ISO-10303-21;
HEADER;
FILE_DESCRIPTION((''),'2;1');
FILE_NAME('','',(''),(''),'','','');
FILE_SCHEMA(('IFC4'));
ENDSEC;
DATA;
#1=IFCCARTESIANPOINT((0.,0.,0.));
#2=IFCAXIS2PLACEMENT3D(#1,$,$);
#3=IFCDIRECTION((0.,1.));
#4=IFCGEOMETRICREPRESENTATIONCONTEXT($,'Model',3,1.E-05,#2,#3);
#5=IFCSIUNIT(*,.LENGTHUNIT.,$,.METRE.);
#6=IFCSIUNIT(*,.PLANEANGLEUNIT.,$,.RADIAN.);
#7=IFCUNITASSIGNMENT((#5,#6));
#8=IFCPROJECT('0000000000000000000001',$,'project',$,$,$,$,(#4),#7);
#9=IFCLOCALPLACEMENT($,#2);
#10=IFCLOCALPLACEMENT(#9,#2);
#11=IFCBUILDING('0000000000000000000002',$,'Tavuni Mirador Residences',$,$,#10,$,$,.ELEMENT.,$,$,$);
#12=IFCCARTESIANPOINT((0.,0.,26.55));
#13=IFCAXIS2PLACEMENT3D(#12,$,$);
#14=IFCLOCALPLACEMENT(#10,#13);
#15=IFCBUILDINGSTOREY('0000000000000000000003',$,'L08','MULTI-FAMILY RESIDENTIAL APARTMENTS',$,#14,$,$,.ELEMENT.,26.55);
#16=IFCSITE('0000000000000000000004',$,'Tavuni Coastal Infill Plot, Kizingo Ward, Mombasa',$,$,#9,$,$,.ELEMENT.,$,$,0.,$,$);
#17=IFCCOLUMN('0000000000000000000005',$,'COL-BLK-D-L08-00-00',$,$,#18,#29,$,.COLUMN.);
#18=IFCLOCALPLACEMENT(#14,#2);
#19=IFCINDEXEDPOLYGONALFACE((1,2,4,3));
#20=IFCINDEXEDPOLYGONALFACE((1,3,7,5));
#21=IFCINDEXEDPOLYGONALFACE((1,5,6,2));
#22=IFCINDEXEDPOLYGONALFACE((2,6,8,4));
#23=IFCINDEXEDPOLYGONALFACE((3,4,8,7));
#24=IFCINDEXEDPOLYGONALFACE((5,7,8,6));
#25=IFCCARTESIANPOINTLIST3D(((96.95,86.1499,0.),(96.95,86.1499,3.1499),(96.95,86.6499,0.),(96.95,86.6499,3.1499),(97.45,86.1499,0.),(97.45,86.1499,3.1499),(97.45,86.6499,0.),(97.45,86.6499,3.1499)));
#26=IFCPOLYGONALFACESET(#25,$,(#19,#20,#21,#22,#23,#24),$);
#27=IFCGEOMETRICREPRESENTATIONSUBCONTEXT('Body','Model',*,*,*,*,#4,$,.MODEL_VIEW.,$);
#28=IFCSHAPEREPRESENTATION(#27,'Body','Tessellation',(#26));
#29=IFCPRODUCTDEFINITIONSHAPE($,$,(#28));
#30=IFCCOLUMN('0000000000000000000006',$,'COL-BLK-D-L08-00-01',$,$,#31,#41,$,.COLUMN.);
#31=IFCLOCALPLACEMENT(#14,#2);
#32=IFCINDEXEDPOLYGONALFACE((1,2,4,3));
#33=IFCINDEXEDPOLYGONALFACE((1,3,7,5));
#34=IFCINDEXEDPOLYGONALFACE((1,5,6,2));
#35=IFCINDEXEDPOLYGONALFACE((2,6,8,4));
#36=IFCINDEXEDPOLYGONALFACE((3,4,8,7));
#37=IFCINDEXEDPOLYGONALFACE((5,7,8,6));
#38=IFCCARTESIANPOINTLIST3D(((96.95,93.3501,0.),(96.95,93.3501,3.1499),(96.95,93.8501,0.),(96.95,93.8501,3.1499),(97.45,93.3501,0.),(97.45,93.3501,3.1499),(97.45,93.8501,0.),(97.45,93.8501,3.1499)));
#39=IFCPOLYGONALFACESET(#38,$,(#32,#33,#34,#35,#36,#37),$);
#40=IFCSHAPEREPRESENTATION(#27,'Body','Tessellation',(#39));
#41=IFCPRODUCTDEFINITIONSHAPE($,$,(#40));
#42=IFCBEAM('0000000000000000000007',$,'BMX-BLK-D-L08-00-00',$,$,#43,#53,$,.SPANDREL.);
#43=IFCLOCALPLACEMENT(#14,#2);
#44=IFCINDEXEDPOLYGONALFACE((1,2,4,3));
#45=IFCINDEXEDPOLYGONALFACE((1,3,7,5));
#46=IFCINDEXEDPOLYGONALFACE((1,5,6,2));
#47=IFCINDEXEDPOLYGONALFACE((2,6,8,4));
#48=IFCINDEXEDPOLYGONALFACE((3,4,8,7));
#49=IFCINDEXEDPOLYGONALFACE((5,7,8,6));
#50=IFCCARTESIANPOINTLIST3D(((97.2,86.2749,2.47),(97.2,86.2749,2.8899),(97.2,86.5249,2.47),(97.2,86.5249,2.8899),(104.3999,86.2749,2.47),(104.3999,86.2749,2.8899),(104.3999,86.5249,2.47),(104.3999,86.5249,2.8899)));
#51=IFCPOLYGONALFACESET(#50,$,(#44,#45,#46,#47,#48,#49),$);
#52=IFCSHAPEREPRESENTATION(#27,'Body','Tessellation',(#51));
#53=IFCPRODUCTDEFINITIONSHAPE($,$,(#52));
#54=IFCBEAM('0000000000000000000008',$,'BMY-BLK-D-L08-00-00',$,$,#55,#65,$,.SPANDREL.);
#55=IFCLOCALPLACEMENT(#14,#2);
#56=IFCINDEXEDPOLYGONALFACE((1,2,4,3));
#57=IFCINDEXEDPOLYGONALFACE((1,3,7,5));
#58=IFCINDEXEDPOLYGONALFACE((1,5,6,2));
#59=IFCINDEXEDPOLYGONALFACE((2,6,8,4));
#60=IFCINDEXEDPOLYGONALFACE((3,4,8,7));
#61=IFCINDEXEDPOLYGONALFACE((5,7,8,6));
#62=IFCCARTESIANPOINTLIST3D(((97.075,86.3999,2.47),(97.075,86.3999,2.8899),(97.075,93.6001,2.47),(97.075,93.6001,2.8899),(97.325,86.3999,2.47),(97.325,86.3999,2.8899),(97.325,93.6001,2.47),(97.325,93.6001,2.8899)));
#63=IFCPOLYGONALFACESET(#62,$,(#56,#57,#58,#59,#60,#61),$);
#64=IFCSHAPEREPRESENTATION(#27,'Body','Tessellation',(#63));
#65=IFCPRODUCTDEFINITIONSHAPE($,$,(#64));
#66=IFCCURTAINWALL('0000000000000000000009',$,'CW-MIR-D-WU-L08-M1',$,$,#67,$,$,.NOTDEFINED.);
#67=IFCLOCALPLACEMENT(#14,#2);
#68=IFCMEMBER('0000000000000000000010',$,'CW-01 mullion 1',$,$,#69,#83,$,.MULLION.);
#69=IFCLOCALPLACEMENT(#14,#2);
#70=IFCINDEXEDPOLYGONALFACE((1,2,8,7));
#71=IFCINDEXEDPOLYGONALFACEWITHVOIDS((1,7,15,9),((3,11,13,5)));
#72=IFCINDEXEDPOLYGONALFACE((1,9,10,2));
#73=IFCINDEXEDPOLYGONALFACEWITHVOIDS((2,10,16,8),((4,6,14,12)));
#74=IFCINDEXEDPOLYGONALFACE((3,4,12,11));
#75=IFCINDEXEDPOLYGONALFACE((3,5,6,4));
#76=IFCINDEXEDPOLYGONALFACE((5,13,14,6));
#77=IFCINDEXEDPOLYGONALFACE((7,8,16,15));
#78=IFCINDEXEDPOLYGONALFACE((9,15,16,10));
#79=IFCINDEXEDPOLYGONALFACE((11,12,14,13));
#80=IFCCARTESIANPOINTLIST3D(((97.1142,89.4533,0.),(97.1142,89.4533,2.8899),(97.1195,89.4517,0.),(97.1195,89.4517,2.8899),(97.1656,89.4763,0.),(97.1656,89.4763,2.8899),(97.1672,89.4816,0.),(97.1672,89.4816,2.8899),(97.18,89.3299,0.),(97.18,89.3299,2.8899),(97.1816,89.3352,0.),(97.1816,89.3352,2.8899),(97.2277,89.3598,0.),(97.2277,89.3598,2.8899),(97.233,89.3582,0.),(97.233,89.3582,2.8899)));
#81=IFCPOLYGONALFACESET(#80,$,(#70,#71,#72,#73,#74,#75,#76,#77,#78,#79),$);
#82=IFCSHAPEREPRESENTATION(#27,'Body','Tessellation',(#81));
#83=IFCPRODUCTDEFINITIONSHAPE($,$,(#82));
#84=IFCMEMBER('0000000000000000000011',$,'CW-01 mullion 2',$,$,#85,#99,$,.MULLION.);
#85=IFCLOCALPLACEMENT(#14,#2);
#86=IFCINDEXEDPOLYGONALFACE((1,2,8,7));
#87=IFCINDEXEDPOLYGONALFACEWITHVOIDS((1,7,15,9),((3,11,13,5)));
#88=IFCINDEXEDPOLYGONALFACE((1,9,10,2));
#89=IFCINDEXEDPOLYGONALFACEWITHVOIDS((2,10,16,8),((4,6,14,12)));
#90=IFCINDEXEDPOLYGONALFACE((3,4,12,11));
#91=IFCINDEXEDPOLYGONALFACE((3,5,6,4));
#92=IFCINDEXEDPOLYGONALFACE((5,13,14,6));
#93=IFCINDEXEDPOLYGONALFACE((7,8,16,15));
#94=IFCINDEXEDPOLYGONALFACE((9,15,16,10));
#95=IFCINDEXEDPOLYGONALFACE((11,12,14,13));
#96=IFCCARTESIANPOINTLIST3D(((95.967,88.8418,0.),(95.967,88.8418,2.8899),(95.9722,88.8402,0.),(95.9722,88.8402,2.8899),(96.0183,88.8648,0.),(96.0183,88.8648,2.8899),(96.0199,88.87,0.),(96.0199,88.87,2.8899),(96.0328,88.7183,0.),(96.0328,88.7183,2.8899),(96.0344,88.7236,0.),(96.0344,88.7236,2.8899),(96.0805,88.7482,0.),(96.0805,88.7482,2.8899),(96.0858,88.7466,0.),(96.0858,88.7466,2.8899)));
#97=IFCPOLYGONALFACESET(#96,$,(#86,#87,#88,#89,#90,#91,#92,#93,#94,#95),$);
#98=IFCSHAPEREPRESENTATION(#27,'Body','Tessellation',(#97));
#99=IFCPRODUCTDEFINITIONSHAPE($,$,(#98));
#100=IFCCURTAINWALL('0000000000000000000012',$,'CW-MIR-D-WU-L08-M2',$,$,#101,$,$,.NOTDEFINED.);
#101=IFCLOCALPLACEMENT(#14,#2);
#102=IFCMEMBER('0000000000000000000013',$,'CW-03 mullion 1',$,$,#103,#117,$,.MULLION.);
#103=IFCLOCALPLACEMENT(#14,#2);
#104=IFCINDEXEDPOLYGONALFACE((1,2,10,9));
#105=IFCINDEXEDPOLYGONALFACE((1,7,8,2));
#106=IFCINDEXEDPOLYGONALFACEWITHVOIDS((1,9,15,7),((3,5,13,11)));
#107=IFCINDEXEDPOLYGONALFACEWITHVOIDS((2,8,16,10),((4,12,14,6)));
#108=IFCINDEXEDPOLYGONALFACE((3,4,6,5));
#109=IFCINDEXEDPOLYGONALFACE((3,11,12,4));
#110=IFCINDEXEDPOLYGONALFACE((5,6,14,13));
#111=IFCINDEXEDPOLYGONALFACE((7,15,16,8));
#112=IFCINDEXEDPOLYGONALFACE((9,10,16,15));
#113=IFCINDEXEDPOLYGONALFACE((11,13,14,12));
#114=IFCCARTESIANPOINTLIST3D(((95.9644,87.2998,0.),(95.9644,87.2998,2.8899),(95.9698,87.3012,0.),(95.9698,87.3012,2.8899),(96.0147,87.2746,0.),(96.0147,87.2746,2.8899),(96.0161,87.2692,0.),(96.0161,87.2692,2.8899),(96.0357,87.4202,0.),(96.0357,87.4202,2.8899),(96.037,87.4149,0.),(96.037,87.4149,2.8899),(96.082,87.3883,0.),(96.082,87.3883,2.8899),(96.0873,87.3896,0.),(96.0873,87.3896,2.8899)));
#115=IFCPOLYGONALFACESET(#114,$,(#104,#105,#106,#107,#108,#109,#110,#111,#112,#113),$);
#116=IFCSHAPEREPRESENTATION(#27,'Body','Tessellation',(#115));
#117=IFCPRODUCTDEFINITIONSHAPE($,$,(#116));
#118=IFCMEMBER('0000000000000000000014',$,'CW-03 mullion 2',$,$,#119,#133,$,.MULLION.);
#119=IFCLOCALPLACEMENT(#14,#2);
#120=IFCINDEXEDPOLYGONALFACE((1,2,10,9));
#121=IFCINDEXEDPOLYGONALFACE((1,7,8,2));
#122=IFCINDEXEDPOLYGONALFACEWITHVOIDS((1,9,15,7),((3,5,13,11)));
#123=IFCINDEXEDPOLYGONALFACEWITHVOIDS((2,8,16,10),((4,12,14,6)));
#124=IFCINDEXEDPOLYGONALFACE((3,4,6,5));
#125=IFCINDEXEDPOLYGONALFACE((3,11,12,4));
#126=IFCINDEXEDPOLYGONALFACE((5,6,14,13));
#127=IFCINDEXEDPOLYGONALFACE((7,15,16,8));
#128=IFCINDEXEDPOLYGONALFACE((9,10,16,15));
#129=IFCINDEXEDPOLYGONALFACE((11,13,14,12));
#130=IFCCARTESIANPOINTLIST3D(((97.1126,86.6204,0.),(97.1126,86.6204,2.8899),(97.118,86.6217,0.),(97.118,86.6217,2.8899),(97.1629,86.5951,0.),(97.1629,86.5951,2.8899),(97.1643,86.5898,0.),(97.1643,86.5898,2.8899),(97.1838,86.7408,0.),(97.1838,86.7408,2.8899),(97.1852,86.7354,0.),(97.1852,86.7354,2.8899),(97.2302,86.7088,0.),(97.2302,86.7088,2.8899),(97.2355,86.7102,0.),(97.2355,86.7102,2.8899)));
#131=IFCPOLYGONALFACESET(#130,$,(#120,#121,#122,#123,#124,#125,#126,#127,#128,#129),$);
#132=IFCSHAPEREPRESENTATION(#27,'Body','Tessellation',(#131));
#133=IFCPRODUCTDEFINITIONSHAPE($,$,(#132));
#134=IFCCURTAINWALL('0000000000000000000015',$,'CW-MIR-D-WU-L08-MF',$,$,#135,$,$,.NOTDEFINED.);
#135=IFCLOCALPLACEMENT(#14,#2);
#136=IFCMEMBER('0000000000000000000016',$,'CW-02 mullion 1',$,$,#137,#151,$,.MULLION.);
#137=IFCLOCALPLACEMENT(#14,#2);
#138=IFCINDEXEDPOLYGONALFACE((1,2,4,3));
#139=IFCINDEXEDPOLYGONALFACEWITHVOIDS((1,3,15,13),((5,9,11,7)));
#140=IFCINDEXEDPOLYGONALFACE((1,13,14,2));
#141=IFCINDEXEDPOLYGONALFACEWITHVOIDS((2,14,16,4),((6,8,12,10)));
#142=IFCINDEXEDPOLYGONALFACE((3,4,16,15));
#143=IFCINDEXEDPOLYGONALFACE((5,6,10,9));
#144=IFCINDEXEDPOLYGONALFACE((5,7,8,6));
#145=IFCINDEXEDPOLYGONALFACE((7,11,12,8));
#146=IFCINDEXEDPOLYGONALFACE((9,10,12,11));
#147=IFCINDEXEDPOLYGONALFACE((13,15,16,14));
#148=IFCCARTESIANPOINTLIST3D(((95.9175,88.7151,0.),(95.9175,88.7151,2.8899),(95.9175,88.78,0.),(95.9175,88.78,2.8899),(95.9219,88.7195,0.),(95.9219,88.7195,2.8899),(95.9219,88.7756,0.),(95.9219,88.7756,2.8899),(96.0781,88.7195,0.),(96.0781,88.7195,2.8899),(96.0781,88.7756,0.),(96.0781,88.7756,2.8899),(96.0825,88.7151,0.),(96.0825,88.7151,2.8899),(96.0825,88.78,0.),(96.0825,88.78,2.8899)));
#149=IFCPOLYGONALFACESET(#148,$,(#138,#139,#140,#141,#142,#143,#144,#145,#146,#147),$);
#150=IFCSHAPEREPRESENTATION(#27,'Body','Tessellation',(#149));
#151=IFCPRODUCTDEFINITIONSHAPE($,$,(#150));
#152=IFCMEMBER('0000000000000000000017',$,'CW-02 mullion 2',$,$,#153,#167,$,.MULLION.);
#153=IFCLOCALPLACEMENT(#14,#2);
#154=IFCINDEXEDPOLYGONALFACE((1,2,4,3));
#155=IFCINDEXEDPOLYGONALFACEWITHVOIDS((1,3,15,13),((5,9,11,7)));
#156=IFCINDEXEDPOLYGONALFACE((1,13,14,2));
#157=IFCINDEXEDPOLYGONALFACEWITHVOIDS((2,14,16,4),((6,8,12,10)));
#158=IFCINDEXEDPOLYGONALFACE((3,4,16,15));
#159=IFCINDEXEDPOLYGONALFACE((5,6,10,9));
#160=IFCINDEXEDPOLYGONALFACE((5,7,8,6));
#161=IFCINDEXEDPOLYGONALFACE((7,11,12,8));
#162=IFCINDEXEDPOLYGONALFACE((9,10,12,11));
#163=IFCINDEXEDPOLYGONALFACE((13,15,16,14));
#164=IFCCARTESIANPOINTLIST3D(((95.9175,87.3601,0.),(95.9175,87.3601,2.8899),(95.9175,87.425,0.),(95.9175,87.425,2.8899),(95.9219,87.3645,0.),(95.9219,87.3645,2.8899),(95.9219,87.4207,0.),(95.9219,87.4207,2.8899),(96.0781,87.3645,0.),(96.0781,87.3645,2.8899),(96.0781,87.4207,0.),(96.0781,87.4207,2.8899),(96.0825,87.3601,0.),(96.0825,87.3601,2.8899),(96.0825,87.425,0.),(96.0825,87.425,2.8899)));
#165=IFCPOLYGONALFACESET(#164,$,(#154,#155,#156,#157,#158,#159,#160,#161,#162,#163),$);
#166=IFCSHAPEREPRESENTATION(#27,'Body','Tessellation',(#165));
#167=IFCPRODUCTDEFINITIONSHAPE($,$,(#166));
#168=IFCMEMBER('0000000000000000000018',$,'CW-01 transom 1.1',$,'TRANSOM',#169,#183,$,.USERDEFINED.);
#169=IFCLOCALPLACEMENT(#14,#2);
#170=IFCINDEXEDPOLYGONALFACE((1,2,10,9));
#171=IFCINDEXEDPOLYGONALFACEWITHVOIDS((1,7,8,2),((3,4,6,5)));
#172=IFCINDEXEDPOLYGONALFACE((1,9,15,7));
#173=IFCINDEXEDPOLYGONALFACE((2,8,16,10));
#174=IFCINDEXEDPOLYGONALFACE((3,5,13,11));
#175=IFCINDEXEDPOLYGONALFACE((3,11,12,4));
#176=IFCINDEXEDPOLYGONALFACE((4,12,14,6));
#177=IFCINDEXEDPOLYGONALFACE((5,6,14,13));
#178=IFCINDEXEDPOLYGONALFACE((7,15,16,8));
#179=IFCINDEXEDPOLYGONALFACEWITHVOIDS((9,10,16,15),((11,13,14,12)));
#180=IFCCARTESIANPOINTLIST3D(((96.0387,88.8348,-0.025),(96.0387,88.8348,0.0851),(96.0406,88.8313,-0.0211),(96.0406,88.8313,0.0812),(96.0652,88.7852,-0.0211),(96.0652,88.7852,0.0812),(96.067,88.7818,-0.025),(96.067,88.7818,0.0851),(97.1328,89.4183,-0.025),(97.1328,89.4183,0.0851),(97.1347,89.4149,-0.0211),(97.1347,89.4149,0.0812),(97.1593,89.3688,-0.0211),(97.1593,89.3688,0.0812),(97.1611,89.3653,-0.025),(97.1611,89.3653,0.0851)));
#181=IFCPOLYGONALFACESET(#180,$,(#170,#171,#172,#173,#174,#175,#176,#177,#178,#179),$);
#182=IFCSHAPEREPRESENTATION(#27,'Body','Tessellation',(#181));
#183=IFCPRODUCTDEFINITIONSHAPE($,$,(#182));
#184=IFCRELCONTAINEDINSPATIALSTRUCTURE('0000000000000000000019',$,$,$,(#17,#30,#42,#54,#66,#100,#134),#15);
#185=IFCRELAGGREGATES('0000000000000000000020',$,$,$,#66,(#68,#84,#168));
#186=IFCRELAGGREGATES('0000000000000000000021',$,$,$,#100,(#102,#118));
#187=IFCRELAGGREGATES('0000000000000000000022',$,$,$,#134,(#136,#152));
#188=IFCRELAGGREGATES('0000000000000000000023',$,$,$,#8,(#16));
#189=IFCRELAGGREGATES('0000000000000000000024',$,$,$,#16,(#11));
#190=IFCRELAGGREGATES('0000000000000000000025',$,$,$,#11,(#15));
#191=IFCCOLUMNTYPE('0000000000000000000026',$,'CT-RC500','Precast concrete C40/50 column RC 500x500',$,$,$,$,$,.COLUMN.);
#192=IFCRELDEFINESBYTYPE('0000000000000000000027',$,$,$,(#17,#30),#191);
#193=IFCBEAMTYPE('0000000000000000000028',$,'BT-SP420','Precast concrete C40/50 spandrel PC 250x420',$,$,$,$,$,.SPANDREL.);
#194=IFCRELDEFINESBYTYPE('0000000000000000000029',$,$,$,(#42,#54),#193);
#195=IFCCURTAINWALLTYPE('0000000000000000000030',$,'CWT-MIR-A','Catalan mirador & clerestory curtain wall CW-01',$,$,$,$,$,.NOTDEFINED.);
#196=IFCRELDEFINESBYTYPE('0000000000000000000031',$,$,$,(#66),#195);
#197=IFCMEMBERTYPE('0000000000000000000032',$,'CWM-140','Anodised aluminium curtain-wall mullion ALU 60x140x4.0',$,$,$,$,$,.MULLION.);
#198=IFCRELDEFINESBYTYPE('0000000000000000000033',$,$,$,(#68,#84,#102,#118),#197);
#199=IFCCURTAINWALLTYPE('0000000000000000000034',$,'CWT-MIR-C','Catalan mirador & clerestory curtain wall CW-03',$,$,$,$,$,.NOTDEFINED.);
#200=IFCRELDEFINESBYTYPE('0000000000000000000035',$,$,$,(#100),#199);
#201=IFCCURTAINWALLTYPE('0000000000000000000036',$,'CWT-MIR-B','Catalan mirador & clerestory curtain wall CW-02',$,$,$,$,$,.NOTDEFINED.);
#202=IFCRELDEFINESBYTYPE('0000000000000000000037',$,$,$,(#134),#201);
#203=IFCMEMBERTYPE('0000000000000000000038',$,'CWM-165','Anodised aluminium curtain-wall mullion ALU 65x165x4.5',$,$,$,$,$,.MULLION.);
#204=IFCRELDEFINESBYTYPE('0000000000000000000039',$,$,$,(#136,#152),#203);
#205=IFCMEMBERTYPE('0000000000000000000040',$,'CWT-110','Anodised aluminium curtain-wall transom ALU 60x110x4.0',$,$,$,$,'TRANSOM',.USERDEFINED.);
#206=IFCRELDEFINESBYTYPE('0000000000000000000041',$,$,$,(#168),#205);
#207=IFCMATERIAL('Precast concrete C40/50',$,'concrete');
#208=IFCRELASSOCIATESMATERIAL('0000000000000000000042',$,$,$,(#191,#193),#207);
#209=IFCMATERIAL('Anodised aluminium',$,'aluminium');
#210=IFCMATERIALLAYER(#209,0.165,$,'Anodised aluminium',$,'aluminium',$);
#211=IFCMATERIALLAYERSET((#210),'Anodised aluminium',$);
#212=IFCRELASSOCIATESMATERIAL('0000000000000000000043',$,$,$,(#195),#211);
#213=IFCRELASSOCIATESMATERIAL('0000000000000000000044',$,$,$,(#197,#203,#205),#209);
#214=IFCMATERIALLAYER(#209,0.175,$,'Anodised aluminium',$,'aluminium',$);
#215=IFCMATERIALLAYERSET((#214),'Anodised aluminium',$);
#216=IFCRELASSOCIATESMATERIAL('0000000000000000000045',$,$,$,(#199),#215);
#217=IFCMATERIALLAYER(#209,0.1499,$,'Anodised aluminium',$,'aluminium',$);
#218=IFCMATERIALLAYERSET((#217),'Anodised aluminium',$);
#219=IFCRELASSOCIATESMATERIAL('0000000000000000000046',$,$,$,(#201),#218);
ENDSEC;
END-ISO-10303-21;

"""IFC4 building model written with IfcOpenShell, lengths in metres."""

from ifc_helpers import new_model, si_unit, direction, frame, origin, origin_2d, place, context, subcontext, project, spatial, rectangle, hollow_rectangle, extrude, material, layer, layer_set, material_profile, profile_set, type_object, element, aggregate, save


model = new_model("IFC4")

# Units and contexts
model_context = context("Model", 3, precision=1e-05, world=origin(), true_north=direction((0.0, 1.0)))
body_context = subcontext(model_context, "Body", "Model", "MODEL_VIEW")
ifc_project = project(units=[si_unit("LENGTHUNIT", "METRE"), si_unit("PLANEANGLEUNIT", "RADIAN")], contexts=[model_context])

# Site, building, storey
site_placement = place(None, origin())
site = spatial("IfcSite", under=ifc_project, at=site_placement, Name="Tavuni Coastal Infill Plot, Kizingo Ward, Mombasa", CompositionType="ELEMENT", RefElevation=0.0)
building_placement = place(site_placement, origin())
building = spatial("IfcBuilding", under=site, at=building_placement, Name="Tavuni Mirador Residences", CompositionType="ELEMENT")
storey_placement = place(building_placement, frame((0.0, 0.0, 26.55)))
storey = spatial("IfcBuildingStorey", under=building, at=storey_placement, Name="L08", Description="MULTI-FAMILY RESIDENTIAL APARTMENTS", CompositionType="ELEMENT", Elevation=26.55)

# Columns
ifc_material_1 = material(Name="Precast concrete C40/50", Category="concrete")
ifc_material_profile_1 = material_profile(ifc_material_1, rectangle(XDim=0.5, YDim=0.5, at=origin_2d()), Name="RC 500x500", Category="concrete")
ifc_profile_set_1 = profile_set([ifc_material_profile_1], Name="Precast concrete C40/50")
column_type = type_object("IfcColumnType", Name="CT-RC500", Description="Precast concrete C40/50 column RC 500x500", PredefinedType="COLUMN", material=ifc_profile_set_1)
for number, where, z_axis, x_axis, name in (
    (1, (97.2, 86.3999, 0.0), (0.0, 0.0, 1.0), (1.0, 0.0, 0.0), "COL-BLK-D-L08-00-00"),
    (2, (97.2, 93.6001, 0.0), (0.0, 0.0, 1.0), (1.0, 0.0, 0.0), "COL-BLK-D-L08-00-01"),
):
    element("IfcColumn", number, at=place(storey_placement, frame(where, z_axis=z_axis, x_axis=x_axis)), inside=storey, type_object=column_type, Name=name, PredefinedType="COLUMN", context=body_context, shape_type="SweptSolid", body=[
        extrude(rectangle(XDim=0.5, YDim=0.5, at=origin_2d()), origin(), (0.0, 0.0, 1.0), 3.1499),
    ])

# Beams
ifc_material_profile_2 = material_profile(ifc_material_1, rectangle(XDim=0.25, YDim=0.4199, at=origin_2d()), Name="PC 250x420", Category="concrete")
ifc_profile_set_2 = profile_set([ifc_material_profile_2], Name="Precast concrete C40/50")
beam_type = type_object("IfcBeamType", Name="BT-SP420", Description="Precast concrete C40/50 spandrel PC 250x420", PredefinedType="SPANDREL", material=ifc_profile_set_2)
beam_1_placement = place(storey_placement, frame((97.2, 86.3999, 2.6799), z_axis=(1.0, 0.0, 0.0), x_axis=(0.0, 1.0, 0.0)))
element("IfcBeam", 3, at=beam_1_placement, inside=storey, type_object=beam_type, Name="BMX-BLK-D-L08-00-00", PredefinedType="SPANDREL", context=body_context, shape_type="SweptSolid", body=[
    extrude(rectangle(XDim=0.25, YDim=0.4199, at=origin_2d()), origin(), (0.0, 0.0, 1.0), 7.2),
])
beam_2_placement = place(storey_placement, frame((97.2, 86.3999, 2.6799), z_axis=(0.0, 1.0, 0.0), x_axis=(-1.0, 0.0, 0.0)))
element("IfcBeam", 4, at=beam_2_placement, inside=storey, type_object=beam_type, Name="BMY-BLK-D-L08-00-00", PredefinedType="SPANDREL", context=body_context, shape_type="SweptSolid", body=[
    extrude(rectangle(XDim=0.25, YDim=0.4199, at=origin_2d()), origin(), (0.0, 0.0, 1.0), 7.2002),
])

# Curtain walls, members
ifc_material_2 = material(Name="Anodised aluminium", Category="aluminium")
ifc_layer_1 = layer(ifc_material_2, 0.165, Name="Anodised aluminium", Category="aluminium")
ifc_layer_set_1 = layer_set([ifc_layer_1], Name="Anodised aluminium")
curtain_wall_type_1 = type_object("IfcCurtainWallType", Name="CWT-MIR-A", Description="Catalan mirador & clerestory curtain wall CW-01", PredefinedType="NOTDEFINED", material=ifc_layer_set_1)
curtain_wall_1_placement = place(storey_placement, origin())
curtain_wall_1 = element("IfcCurtainWall", 5, at=curtain_wall_1_placement, inside=storey, type_object=curtain_wall_type_1, Name="CW-MIR-D-WU-L08-M1", PredefinedType="NOTDEFINED")
ifc_material_profile_3 = material_profile(ifc_material_2, hollow_rectangle(XDim=0.0601, YDim=0.1399, WallThickness=0.0039, at=origin_2d()), Name="ALU 60x140x4.0", Category="aluminium")
ifc_profile_set_3 = profile_set([ifc_material_profile_3], Name="Anodised aluminium")
member_type_1 = type_object("IfcMemberType", Name="CWM-140", Description="Anodised aluminium curtain-wall mullion ALU 60x140x4.0", PredefinedType="MULLION", material=ifc_profile_set_3)
member_1_placement = place(storey_placement, frame((97.1736, 89.4058, 0.0), z_axis=(0.0, 0.0, 1.0), x_axis=(-0.882353, -0.470588, 0.0)))
member_1 = element("IfcMember", 6, at=member_1_placement, type_object=member_type_1, Name="CW-01 mullion 1", PredefinedType="MULLION", context=body_context, shape_type="SweptSolid", body=[
    extrude(hollow_rectangle(XDim=0.0601, YDim=0.1399, WallThickness=0.0039, at=origin_2d()), origin(), (0.0, 0.0, 1.0), 2.8899),
])
member_2_placement = place(storey_placement, frame((96.0264, 88.7942, 0.0), z_axis=(0.0, 0.0, 1.0), x_axis=(-0.882353, -0.470588, 0.0)))
member_2 = element("IfcMember", 7, at=member_2_placement, type_object=member_type_1, Name="CW-01 mullion 2", PredefinedType="MULLION", context=body_context, shape_type="SweptSolid", body=[
    extrude(hollow_rectangle(XDim=0.0601, YDim=0.1399, WallThickness=0.0039, at=origin_2d()), origin(), (0.0, 0.0, 1.0), 2.8899),
])
ifc_layer_2 = layer(ifc_material_2, 0.175, Name="Anodised aluminium", Category="aluminium")
ifc_layer_set_2 = layer_set([ifc_layer_2], Name="Anodised aluminium")
curtain_wall_type_2 = type_object("IfcCurtainWallType", Name="CWT-MIR-C", Description="Catalan mirador & clerestory curtain wall CW-03", PredefinedType="NOTDEFINED", material=ifc_layer_set_2)
curtain_wall_2_placement = place(storey_placement, origin())
curtain_wall_2 = element("IfcCurtainWall", 8, at=curtain_wall_2_placement, inside=storey, type_object=curtain_wall_type_2, Name="CW-MIR-D-WU-L08-M2", PredefinedType="NOTDEFINED")
member_3_placement = place(storey_placement, frame((96.0259, 87.3447, 0.0), z_axis=(0.0, 0.0, 1.0), x_axis=(0.860641, -0.509212, 0.0)))
member_3 = element("IfcMember", 9, at=member_3_placement, type_object=member_type_1, Name="CW-03 mullion 1", PredefinedType="MULLION", context=body_context, shape_type="SweptSolid", body=[
    extrude(hollow_rectangle(XDim=0.0601, YDim=0.1399, WallThickness=0.0039, at=origin_2d()), origin(), (0.0, 0.0, 1.0), 2.8899),
])
member_4_placement = place(storey_placement, frame((97.1741, 86.6653, 0.0), z_axis=(0.0, 0.0, 1.0), x_axis=(0.860641, -0.509212, 0.0)))
member_4 = element("IfcMember", 10, at=member_4_placement, type_object=member_type_1, Name="CW-03 mullion 2", PredefinedType="MULLION", context=body_context, shape_type="SweptSolid", body=[
    extrude(hollow_rectangle(XDim=0.0601, YDim=0.1399, WallThickness=0.0039, at=origin_2d()), origin(), (0.0, 0.0, 1.0), 2.8899),
])
ifc_layer_3 = layer(ifc_material_2, 0.1499, Name="Anodised aluminium", Category="aluminium")
ifc_layer_set_3 = layer_set([ifc_layer_3], Name="Anodised aluminium")
curtain_wall_type_3 = type_object("IfcCurtainWallType", Name="CWT-MIR-B", Description="Catalan mirador & clerestory curtain wall CW-02", PredefinedType="NOTDEFINED", material=ifc_layer_set_3)
curtain_wall_3_placement = place(storey_placement, origin())
curtain_wall_3 = element("IfcCurtainWall", 11, at=curtain_wall_3_placement, inside=storey, type_object=curtain_wall_type_3, Name="CW-MIR-D-WU-L08-MF", PredefinedType="NOTDEFINED")
ifc_material_profile_4 = material_profile(ifc_material_2, hollow_rectangle(XDim=0.0649, YDim=0.165, WallThickness=0.0044, at=origin_2d()), Name="ALU 65x165x4.5", Category="aluminium")
ifc_profile_set_4 = profile_set([ifc_material_profile_4], Name="Anodised aluminium")
member_type_2 = type_object("IfcMemberType", Name="CWM-165", Description="Anodised aluminium curtain-wall mullion ALU 65x165x4.5", PredefinedType="MULLION", material=ifc_profile_set_4)
member_5_placement = place(storey_placement, frame((96.0, 88.7476, 0.0), z_axis=(0.0, 0.0, 1.0), x_axis=(0.0, -1.0, 0.0)))
member_5 = element("IfcMember", 12, at=member_5_placement, type_object=member_type_2, Name="CW-02 mullion 1", PredefinedType="MULLION", context=body_context, shape_type="SweptSolid", body=[
    extrude(hollow_rectangle(XDim=0.0649, YDim=0.165, WallThickness=0.0044, at=origin_2d()), origin(), (0.0, 0.0, 1.0), 2.8899),
])
member_6_placement = place(storey_placement, frame((96.0, 87.3926, 0.0), z_axis=(0.0, 0.0, 1.0), x_axis=(0.0, -1.0, 0.0)))
member_6 = element("IfcMember", 13, at=member_6_placement, type_object=member_type_2, Name="CW-02 mullion 2", PredefinedType="MULLION", context=body_context, shape_type="SweptSolid", body=[
    extrude(hollow_rectangle(XDim=0.0649, YDim=0.165, WallThickness=0.0044, at=origin_2d()), origin(), (0.0, 0.0, 1.0), 2.8899),
])

# Member
ifc_material_profile_5 = material_profile(ifc_material_2, hollow_rectangle(XDim=0.0601, YDim=0.1101, WallThickness=0.0039, at=origin_2d()), Name="ALU 60x110x4.0", Category="aluminium")
ifc_profile_set_5 = profile_set([ifc_material_profile_5], Name="Anodised aluminium")
member_type_3 = type_object("IfcMemberType", Name="CWT-110", Description="Anodised aluminium curtain-wall transom ALU 60x110x4.0", ElementType="TRANSOM", PredefinedType="USERDEFINED", material=ifc_profile_set_5)
member_7_placement = place(storey_placement, frame((97.147, 89.3918, 0.03), z_axis=(-0.882342, -0.470609, 0.0), x_axis=(0.470609, -0.882342, 0.0)))
member_7 = element("IfcMember", 14, at=member_7_placement, type_object=member_type_3, Name="CW-01 transom 1.1", ObjectType="TRANSOM", PredefinedType="USERDEFINED", context=body_context, shape_type="SweptSolid", body=[
    extrude(hollow_rectangle(XDim=0.0601, YDim=0.1101, WallThickness=0.0039, at=origin_2d()), origin(), (0.0, 0.0, 1.0), 1.24),
])

aggregate(curtain_wall_1, [member_1, member_2, member_7])
aggregate(curtain_wall_2, [member_3, member_4])
aggregate(curtain_wall_3, [member_5, member_6])

save(model, "model.ifc")
